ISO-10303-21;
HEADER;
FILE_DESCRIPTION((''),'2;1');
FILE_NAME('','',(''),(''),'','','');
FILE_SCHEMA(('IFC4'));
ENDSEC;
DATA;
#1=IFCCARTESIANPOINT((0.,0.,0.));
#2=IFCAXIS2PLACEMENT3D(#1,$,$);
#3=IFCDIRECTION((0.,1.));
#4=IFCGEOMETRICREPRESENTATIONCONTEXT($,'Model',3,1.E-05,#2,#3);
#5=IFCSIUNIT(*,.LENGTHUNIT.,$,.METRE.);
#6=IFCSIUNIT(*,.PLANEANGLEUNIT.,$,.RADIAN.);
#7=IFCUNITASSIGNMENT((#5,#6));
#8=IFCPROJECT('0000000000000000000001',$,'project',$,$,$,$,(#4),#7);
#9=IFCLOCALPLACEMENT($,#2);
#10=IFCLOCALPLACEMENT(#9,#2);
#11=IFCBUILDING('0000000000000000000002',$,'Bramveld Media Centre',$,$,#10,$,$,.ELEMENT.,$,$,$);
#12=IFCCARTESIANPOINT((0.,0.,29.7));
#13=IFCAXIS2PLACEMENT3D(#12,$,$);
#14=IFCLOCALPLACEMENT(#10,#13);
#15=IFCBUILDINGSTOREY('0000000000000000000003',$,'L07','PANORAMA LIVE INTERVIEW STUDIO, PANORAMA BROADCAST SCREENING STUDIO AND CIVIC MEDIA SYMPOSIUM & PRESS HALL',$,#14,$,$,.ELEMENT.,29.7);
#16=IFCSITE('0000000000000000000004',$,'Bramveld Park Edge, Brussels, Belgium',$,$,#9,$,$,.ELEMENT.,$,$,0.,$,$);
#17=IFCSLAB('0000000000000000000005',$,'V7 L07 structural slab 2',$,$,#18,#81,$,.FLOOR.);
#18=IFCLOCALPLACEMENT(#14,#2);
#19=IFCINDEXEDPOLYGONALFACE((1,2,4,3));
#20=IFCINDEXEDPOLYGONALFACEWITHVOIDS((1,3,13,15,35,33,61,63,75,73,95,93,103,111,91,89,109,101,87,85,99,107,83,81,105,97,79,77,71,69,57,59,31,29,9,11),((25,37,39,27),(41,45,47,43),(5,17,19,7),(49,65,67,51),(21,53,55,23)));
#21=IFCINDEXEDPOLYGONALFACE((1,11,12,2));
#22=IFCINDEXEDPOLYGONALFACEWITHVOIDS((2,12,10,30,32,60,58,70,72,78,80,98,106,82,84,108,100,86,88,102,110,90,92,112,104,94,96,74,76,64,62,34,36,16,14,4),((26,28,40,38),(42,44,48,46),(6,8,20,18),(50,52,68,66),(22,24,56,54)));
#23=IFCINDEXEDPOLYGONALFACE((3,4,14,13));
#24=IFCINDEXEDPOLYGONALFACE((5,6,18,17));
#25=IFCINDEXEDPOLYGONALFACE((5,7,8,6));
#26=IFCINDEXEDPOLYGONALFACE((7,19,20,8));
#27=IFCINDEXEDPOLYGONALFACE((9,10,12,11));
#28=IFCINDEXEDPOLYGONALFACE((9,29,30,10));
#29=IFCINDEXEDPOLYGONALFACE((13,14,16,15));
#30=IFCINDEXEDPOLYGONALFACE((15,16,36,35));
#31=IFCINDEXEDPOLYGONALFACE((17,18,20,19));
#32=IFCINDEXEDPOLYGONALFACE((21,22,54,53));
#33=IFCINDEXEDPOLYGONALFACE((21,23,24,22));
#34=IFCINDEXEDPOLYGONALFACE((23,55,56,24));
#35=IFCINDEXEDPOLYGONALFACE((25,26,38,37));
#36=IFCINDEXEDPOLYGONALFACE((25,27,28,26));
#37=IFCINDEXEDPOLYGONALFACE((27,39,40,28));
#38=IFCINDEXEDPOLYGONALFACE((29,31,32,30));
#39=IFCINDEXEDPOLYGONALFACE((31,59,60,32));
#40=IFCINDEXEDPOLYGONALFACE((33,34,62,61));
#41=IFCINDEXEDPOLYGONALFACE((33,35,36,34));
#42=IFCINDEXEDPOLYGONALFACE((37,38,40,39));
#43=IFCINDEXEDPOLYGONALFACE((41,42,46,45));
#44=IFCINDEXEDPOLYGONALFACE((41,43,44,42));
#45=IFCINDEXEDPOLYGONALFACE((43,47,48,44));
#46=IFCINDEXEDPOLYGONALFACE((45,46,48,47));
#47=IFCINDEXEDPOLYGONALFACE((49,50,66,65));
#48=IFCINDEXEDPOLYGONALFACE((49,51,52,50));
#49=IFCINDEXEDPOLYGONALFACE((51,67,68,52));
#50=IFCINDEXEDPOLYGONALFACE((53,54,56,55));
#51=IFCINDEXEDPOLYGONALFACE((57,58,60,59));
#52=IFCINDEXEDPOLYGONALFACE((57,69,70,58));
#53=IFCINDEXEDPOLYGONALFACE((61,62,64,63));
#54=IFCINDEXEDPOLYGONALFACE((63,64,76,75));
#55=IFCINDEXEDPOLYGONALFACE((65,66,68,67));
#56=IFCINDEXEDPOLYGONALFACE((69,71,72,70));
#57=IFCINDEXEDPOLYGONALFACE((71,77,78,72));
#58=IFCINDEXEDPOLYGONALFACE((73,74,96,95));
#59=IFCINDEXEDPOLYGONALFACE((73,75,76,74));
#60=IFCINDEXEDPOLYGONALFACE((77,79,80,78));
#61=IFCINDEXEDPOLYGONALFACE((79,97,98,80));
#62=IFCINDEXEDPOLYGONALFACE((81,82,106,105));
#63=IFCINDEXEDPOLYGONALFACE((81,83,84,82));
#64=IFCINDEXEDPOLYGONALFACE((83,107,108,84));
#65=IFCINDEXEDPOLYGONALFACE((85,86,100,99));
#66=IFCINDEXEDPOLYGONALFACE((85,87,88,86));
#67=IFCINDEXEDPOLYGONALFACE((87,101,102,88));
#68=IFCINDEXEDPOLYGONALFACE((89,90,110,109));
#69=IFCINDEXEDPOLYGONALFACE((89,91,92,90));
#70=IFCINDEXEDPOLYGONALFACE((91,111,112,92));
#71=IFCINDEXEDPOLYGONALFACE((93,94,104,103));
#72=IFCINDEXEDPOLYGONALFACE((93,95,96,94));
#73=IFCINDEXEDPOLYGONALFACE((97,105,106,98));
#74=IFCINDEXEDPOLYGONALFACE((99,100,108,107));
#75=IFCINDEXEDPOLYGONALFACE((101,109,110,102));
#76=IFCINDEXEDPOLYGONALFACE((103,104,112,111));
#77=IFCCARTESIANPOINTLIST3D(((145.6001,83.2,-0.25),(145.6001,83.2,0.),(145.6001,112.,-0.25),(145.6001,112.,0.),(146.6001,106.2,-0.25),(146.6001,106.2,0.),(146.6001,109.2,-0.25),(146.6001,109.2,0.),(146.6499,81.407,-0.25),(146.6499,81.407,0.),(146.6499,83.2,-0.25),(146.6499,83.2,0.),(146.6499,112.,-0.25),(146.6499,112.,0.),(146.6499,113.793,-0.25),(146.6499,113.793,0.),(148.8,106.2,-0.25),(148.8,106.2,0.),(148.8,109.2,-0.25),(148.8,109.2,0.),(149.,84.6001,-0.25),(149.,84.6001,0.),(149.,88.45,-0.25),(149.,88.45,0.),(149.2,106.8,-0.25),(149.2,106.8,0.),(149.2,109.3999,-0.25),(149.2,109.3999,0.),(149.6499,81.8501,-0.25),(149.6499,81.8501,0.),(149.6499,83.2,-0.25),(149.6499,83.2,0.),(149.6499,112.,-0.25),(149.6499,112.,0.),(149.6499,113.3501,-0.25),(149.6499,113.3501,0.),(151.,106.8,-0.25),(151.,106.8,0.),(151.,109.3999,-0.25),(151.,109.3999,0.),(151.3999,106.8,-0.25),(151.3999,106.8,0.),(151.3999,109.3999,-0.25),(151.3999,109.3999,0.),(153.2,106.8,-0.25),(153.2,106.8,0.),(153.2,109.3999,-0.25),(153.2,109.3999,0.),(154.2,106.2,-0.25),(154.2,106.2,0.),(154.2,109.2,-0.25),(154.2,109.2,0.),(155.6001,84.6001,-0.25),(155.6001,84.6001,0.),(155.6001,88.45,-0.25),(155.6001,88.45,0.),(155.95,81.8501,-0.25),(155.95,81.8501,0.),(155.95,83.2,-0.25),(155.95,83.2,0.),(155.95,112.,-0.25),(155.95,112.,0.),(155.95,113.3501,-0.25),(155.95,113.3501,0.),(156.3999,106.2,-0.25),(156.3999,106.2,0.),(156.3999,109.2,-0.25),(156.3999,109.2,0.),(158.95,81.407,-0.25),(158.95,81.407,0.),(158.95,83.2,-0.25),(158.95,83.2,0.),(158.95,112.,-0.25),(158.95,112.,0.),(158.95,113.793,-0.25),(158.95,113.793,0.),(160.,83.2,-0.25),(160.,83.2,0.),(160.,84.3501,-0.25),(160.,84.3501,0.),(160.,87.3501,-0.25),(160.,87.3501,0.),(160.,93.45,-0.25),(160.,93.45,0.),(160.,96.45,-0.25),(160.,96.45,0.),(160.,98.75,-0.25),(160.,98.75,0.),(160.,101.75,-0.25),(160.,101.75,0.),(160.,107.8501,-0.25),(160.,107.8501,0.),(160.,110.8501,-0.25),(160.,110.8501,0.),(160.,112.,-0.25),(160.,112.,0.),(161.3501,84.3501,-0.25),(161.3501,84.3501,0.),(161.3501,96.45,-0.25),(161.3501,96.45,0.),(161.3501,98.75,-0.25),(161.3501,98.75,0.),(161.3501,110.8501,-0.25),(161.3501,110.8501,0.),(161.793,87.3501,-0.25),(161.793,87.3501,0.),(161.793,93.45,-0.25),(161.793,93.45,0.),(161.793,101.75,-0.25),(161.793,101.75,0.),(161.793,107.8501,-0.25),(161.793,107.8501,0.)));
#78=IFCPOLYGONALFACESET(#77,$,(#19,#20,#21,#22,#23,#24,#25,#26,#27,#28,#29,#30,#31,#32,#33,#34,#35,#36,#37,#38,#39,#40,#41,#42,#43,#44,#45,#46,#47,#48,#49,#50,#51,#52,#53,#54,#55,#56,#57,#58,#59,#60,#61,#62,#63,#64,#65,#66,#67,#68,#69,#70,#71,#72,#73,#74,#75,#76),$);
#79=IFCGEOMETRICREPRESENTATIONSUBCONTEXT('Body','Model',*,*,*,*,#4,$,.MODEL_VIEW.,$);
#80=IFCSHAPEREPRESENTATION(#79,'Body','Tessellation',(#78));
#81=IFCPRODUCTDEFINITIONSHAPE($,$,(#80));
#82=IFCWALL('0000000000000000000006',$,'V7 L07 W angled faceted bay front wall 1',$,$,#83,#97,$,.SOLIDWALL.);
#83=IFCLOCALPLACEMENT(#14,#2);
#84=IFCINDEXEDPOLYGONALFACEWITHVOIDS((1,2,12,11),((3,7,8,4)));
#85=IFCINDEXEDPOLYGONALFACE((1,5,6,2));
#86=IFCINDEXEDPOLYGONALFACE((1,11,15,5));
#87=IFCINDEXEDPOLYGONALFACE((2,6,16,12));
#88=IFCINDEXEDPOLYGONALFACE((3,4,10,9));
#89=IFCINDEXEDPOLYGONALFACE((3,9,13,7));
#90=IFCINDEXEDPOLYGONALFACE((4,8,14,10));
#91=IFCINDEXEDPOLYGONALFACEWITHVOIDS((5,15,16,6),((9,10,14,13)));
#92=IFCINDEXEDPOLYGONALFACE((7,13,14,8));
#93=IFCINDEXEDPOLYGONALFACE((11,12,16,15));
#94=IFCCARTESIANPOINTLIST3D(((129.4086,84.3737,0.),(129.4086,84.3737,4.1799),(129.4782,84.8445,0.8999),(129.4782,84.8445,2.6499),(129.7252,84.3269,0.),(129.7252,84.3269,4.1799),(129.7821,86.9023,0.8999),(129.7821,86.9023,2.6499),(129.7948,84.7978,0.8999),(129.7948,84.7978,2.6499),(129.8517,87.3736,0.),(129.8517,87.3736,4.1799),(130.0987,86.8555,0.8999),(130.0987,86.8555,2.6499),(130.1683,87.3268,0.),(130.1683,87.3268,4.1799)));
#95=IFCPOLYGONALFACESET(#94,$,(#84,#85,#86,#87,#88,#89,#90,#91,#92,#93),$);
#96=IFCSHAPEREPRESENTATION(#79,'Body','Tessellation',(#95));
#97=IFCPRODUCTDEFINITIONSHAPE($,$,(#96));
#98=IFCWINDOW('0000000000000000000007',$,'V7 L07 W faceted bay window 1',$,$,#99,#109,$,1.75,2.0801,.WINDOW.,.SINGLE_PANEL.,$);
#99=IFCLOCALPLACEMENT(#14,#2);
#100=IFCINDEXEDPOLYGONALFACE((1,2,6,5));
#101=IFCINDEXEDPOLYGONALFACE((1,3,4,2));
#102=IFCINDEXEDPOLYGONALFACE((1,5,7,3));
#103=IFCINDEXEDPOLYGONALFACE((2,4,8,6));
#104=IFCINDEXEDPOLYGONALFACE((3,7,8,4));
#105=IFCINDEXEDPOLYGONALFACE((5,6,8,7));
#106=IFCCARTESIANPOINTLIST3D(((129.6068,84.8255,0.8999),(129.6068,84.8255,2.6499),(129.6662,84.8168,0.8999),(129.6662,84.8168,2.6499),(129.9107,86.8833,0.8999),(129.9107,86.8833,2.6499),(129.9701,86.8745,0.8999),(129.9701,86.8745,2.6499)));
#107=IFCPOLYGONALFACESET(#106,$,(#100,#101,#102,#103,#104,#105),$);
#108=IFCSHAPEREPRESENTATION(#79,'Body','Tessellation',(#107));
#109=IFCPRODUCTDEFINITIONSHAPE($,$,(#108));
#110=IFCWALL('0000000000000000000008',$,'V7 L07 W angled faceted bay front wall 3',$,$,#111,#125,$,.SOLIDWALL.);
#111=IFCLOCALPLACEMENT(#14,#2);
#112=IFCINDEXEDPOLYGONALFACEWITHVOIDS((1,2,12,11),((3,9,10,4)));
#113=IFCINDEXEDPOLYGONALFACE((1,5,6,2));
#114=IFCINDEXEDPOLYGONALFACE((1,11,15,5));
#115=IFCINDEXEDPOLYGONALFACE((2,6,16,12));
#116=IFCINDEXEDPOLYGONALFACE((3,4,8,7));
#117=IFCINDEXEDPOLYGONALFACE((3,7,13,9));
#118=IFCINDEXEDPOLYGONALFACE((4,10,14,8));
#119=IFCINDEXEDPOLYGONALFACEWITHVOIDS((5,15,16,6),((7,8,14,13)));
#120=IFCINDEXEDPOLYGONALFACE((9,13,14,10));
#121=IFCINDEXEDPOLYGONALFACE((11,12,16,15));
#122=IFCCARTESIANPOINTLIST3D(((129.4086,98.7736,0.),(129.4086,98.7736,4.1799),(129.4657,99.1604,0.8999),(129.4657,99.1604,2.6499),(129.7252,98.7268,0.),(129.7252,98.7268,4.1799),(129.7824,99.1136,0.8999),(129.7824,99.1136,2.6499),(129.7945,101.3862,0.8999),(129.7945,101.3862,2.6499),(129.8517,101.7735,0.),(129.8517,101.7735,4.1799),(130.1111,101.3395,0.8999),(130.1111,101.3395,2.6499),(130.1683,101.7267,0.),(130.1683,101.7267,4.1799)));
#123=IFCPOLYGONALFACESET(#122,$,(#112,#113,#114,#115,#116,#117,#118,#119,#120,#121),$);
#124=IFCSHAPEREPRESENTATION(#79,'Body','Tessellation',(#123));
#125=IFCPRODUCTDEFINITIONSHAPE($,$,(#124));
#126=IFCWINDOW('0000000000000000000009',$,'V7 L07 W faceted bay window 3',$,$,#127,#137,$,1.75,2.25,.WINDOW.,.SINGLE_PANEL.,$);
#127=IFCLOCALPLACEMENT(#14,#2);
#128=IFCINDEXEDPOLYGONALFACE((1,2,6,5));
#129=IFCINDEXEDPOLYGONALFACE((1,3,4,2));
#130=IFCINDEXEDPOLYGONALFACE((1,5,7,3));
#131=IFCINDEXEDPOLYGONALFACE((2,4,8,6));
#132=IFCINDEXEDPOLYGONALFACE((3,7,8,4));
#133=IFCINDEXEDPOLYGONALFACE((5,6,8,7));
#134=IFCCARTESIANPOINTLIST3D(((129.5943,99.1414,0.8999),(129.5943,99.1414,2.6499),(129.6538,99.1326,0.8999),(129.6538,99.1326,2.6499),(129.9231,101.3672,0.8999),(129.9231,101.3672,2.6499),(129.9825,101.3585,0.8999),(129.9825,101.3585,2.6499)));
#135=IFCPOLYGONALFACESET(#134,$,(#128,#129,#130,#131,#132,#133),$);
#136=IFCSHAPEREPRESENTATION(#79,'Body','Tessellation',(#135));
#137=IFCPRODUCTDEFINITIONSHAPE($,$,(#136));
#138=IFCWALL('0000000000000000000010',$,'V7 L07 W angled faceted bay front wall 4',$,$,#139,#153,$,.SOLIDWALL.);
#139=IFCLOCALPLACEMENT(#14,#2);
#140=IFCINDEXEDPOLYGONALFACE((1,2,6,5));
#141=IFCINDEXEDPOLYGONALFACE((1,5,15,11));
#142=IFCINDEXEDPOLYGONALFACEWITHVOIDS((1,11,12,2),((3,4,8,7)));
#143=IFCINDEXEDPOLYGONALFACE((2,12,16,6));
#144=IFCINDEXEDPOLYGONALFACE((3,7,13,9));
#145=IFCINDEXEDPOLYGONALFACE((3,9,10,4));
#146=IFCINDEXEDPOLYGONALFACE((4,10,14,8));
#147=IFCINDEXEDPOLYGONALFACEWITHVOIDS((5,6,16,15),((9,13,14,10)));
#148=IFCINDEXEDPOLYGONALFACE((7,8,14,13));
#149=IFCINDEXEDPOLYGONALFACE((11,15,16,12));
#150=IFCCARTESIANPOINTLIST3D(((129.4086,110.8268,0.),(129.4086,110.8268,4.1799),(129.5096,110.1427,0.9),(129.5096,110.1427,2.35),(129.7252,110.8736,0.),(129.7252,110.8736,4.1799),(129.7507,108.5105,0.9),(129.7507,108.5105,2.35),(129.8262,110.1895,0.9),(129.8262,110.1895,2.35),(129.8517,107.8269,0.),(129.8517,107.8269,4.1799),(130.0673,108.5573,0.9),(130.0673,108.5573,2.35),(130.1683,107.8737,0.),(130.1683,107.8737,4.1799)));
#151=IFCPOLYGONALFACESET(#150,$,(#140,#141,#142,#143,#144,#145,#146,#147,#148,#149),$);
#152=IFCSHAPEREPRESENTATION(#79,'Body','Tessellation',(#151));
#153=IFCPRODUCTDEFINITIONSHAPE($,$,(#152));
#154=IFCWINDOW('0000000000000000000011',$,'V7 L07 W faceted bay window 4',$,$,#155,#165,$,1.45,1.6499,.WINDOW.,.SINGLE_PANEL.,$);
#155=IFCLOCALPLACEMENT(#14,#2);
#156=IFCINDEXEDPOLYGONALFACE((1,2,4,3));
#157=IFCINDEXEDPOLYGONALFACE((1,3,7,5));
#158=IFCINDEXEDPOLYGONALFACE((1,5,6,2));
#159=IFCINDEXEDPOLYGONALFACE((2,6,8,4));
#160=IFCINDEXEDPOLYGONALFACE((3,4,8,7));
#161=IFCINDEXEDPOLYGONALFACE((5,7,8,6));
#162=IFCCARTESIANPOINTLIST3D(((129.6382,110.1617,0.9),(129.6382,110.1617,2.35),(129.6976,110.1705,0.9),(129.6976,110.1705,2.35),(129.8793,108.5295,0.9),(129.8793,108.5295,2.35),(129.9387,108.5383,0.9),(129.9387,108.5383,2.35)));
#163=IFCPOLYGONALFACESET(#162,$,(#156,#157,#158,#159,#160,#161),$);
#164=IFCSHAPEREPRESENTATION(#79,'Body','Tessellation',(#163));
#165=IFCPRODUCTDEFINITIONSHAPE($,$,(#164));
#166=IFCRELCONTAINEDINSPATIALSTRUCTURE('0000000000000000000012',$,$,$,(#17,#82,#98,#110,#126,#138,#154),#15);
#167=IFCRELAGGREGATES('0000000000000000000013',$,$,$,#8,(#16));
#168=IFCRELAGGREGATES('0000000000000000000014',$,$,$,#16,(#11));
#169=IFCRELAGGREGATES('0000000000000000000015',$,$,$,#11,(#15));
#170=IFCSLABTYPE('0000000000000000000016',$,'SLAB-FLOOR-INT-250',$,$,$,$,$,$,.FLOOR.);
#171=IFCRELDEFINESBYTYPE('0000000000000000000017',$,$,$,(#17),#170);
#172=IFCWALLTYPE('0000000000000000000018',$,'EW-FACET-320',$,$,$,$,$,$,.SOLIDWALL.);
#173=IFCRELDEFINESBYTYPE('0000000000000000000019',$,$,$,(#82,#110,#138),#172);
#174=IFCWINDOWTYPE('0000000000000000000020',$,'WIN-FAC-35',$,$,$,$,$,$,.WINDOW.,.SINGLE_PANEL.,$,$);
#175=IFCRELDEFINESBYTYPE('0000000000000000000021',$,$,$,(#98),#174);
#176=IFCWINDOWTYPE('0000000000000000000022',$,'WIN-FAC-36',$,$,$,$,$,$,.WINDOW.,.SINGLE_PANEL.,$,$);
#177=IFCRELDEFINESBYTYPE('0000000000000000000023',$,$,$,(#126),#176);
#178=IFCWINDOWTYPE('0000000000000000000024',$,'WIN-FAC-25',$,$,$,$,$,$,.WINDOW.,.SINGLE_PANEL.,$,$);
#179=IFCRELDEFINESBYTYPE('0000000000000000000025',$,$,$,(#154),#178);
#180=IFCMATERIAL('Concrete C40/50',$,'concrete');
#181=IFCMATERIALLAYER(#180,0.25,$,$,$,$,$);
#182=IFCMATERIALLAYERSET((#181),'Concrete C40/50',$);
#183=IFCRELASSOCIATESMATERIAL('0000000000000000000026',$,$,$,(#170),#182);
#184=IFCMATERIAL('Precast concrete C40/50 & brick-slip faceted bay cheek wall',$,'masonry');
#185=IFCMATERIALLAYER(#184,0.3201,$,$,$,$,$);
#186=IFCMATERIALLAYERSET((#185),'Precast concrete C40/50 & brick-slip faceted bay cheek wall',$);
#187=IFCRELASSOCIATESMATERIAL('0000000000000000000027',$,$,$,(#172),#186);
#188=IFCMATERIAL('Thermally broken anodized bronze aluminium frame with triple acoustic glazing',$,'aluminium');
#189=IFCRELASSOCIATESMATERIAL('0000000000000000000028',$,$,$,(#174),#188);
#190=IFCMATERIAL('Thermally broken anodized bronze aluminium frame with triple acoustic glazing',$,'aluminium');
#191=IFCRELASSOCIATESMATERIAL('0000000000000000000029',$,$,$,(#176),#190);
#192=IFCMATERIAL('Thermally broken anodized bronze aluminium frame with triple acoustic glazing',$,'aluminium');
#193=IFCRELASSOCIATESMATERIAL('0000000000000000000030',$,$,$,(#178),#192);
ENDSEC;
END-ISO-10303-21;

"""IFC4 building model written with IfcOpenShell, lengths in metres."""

from ifc_helpers import new_model, si_unit, direction, frame, frame_2d, origin, place, context, subcontext, project, spatial, polyline, rectangle, outline, extrude, material, layer, layer_set, type_object, element, fill, save


model = new_model("IFC4")

# Units and contexts
model_context = context("Model", 3, precision=1e-05, world=origin(), true_north=direction((0.0, 1.0)))
body_context = subcontext(model_context, "Body", "Model", "MODEL_VIEW")
ifc_project = project(units=[si_unit("LENGTHUNIT", "METRE"), si_unit("PLANEANGLEUNIT", "RADIAN")], contexts=[model_context])

# Site, building, storey
site_placement = place(None, origin())
site = spatial("IfcSite", under=ifc_project, at=site_placement, Name="Bramveld Park Edge, Brussels, Belgium", CompositionType="ELEMENT", RefElevation=0.0)
building_placement = place(site_placement, origin())
building = spatial("IfcBuilding", under=site, at=building_placement, Name="Bramveld Media Centre", CompositionType="ELEMENT")
storey_placement = place(building_placement, frame((0.0, 0.0, 29.7)))
storey = spatial("IfcBuildingStorey", under=building, at=storey_placement, Name="L07", Description="PANORAMA LIVE INTERVIEW STUDIO, PANORAMA BROADCAST SCREENING STUDIO AND CIVIC MEDIA SYMPOSIUM & PRESS HALL", CompositionType="ELEMENT", Elevation=29.7)

# Slab
ifc_material_1 = material(Name="Concrete C40/50", Category="concrete")
ifc_layer_1 = layer(ifc_material_1, 0.25)
ifc_layer_set_1 = layer_set([ifc_layer_1], Name="Concrete C40/50")
slab_type_1 = type_object("IfcSlabType", Name="SLAB-FLOOR-INT-250", PredefinedType="FLOOR", material=ifc_layer_set_1)
slab_1_placement = place(storey_placement, frame((0.0, 0.0, -0.25)))
element("IfcSlab", 1, at=slab_1_placement, inside=storey, type_object=slab_type_1, Name="V7 L07 structural slab 2", PredefinedType="FLOOR", context=body_context, shape_type="SweptSolid", body=[
    extrude(outline(polyline([(146.6499, 113.793), (149.6499, 113.3501), (149.6499, 112.0), (155.95, 112.0), (155.95, 113.3501), (158.95, 113.793), (158.95, 112.0), (160.0, 112.0), (160.0, 110.8501), (161.3501, 110.8501), (161.793, 107.8501), (160.0, 107.8501), (160.0, 101.75), (161.793, 101.75), (161.3501, 98.75), (160.0, 98.75), (160.0, 96.45), (161.3501, 96.45), (161.793, 93.45), (160.0, 93.45), (160.0, 87.3501), (161.793, 87.3501), (161.3501, 84.3501), (160.0, 84.3501), (160.0, 83.2), (158.95, 83.2), (158.95, 81.407), (155.95, 81.8501), (155.95, 83.2), (149.6499, 83.2), (149.6499, 81.8501), (146.6499, 81.407), (146.6499, 83.2), (145.6001, 83.2), (145.6001, 112.0), (146.6499, 112.0), (146.6499, 113.793)]), holes=[polyline([(149.0, 88.45), (149.0, 84.6001), (155.6001, 84.6001), (155.6001, 88.45), (149.0, 88.45)]), polyline([(146.6001, 109.2), (146.6001, 106.2), (148.8, 106.2), (148.8, 109.2), (146.6001, 109.2)]), polyline([(154.2, 106.2), (156.3999, 106.2), (156.3999, 109.2), (154.2, 109.2), (154.2, 106.2)]), polyline([(149.2, 109.3999), (149.2, 106.8), (151.0, 106.8), (151.0, 109.3999), (149.2, 109.3999)]), polyline([(151.3999, 109.3999), (151.3999, 106.8), (153.2, 106.8), (153.2, 109.3999), (151.3999, 109.3999)])]), origin(), (0.0, 0.0, 1.0), 0.25),
])

# Walls, openings, windows
ifc_material_2 = material(Name="Precast concrete C40/50 & brick-slip faceted bay cheek wall", Category="masonry")
ifc_layer_2 = layer(ifc_material_2, 0.3201)
ifc_layer_set_2 = layer_set([ifc_layer_2], Name="Precast concrete C40/50 & brick-slip faceted bay cheek wall")
wall_type = type_object("IfcWallType", Name="EW-FACET-320", PredefinedType="SOLIDWALL", material=ifc_layer_set_2)
wall_1_placement = place(storey_placement, frame((130.01, 87.3501, 0.0), z_axis=(0.0, 0.0, 1.0), x_axis=(-0.14612, -0.989267, 0.0)))
wall_1 = element("IfcWall", 2, at=wall_1_placement, inside=storey, type_object=wall_type, Name="V7 L07 W angled faceted bay front wall 1", PredefinedType="SOLIDWALL", context=body_context, shape_type="SweptSolid", body=[
    extrude(rectangle(XDim=3.0325, YDim=0.3201, at=frame_2d((1.5161, 0.0))), origin(), (0.0, 0.0, 1.0), 4.1799),
])
opening_1_placement = place(wall_1_placement, frame((0.4763, 0.0, 0.8999)))
opening_1 = element("IfcOpeningElement", 3, at=opening_1_placement, cuts=wall_1, PredefinedType="OPENING", context=body_context, shape_type="SweptSolid", body=[
    extrude(rectangle(XDim=2.0801, YDim=1.75, at=frame_2d((1.04, 0.875))), frame((0.0, 0.1719, 0.0), z_axis=(0.0, -1.0, 0.0), x_axis=(1.0, 0.0, 0.0)), (0.0, 0.0, 1.0), 0.344),
])
ifc_material_3 = material(Name="Thermally broken anodized bronze aluminium frame with triple acoustic glazing", Category="aluminium")
window_type_1 = type_object("IfcWindowType", Name="WIN-FAC-35", PartitioningType="SINGLE_PANEL", PredefinedType="WINDOW", material=ifc_material_3)
window_1_placement = place(opening_1_placement, origin())
window_1 = element("IfcWindow", 4, at=window_1_placement, inside=storey, type_object=window_type_1, Name="V7 L07 W faceted bay window 1", OverallHeight=1.75, OverallWidth=2.0801, PartitioningType="SINGLE_PANEL", PredefinedType="WINDOW", context=body_context, shape_type="SweptSolid", body=[
    extrude(rectangle(XDim=2.0801, YDim=1.75, at=frame_2d((1.04, 0.875))), frame((0.0, 0.03, 0.0), z_axis=(0.0, -1.0, 0.0), x_axis=(1.0, 0.0, 0.0)), (0.0, 0.0, 1.0), 0.0601),
])
fill(opening_1, window_1)
wall_2_placement = place(storey_placement, frame((130.01, 101.75, 0.0), z_axis=(0.0, 0.0, 1.0), x_axis=(-0.14612, -0.989267, 0.0)))
wall_2 = element("IfcWall", 5, at=wall_2_placement, inside=storey, type_object=wall_type, Name="V7 L07 W angled faceted bay front wall 3", PredefinedType="SOLIDWALL", context=body_context, shape_type="SweptSolid", body=[
    extrude(rectangle(XDim=3.0325, YDim=0.3201, at=frame_2d((1.5161, 0.0))), origin(), (0.0, 0.0, 1.0), 4.1799),
])
opening_2_placement = place(wall_2_placement, frame((0.3914, 0.0, 0.8999)))
opening_2 = element("IfcOpeningElement", 6, at=opening_2_placement, cuts=wall_2, PredefinedType="OPENING", context=body_context, shape_type="SweptSolid", body=[
    extrude(rectangle(XDim=2.25, YDim=1.75, at=frame_2d((1.125, 0.875))), frame((0.0, 0.1719, 0.0), z_axis=(0.0, -1.0, 0.0), x_axis=(1.0, 0.0, 0.0)), (0.0, 0.0, 1.0), 0.344),
])
ifc_material_4 = material(Name="Thermally broken anodized bronze aluminium frame with triple acoustic glazing", Category="aluminium")
window_type_2 = type_object("IfcWindowType", Name="WIN-FAC-36", PartitioningType="SINGLE_PANEL", PredefinedType="WINDOW", material=ifc_material_4)
window_2_placement = place(opening_2_placement, origin())
window_2 = element("IfcWindow", 7, at=window_2_placement, inside=storey, type_object=window_type_2, Name="V7 L07 W faceted bay window 3", OverallHeight=1.75, OverallWidth=2.25, PartitioningType="SINGLE_PANEL", PredefinedType="WINDOW", context=body_context, shape_type="SweptSolid", body=[
    extrude(rectangle(XDim=2.25, YDim=1.75, at=frame_2d((1.125, 0.875))), frame((0.0, 0.03, 0.0), z_axis=(0.0, -1.0, 0.0), x_axis=(1.0, 0.0, 0.0)), (0.0, 0.0, 1.0), 0.0601),
])
fill(opening_2, window_2)
wall_3_placement = place(storey_placement, frame((129.5669, 110.8501, 0.0), z_axis=(0.0, 0.0, 1.0), x_axis=(0.14612, -0.989267, 0.0)))
wall_3 = element("IfcWall", 8, at=wall_3_placement, inside=storey, type_object=wall_type, Name="V7 L07 W angled faceted bay front wall 4", PredefinedType="SOLIDWALL", context=body_context, shape_type="SweptSolid", body=[
    extrude(rectangle(XDim=3.0325, YDim=0.3201, at=frame_2d((1.5161, 0.0))), origin(), (0.0, 0.0, 1.0), 4.1799),
])
opening_3_placement = place(wall_3_placement, frame((0.6914, 0.0, 0.8999)))
opening_3 = element("IfcOpeningElement", 9, at=opening_3_placement, cuts=wall_3, PredefinedType="OPENING", context=body_context, shape_type="SweptSolid", body=[
    extrude(rectangle(XDim=1.6499, YDim=1.45, at=frame_2d((0.825, 0.7251))), frame((0.0, 0.1719, 0.0), z_axis=(0.0, -1.0, 0.0), x_axis=(1.0, 0.0, 0.0)), (0.0, 0.0, 1.0), 0.344),
])
ifc_material_5 = material(Name="Thermally broken anodized bronze aluminium frame with triple acoustic glazing", Category="aluminium")
window_type_3 = type_object("IfcWindowType", Name="WIN-FAC-25", PartitioningType="SINGLE_PANEL", PredefinedType="WINDOW", material=ifc_material_5)
window_3_placement = place(opening_3_placement, origin())
window_3 = element("IfcWindow", 10, at=window_3_placement, inside=storey, type_object=window_type_3, Name="V7 L07 W faceted bay window 4", OverallHeight=1.45, OverallWidth=1.6499, PartitioningType="SINGLE_PANEL", PredefinedType="WINDOW", context=body_context, shape_type="SweptSolid", body=[
    extrude(rectangle(XDim=1.6499, YDim=1.45, at=frame_2d((0.825, 0.7251))), frame((0.0, 0.03, 0.0), z_axis=(0.0, -1.0, 0.0), x_axis=(1.0, 0.0, 0.0)), (0.0, 0.0, 1.0), 0.0601),
])
fill(opening_3, window_3)

save(model, "model.ifc")
